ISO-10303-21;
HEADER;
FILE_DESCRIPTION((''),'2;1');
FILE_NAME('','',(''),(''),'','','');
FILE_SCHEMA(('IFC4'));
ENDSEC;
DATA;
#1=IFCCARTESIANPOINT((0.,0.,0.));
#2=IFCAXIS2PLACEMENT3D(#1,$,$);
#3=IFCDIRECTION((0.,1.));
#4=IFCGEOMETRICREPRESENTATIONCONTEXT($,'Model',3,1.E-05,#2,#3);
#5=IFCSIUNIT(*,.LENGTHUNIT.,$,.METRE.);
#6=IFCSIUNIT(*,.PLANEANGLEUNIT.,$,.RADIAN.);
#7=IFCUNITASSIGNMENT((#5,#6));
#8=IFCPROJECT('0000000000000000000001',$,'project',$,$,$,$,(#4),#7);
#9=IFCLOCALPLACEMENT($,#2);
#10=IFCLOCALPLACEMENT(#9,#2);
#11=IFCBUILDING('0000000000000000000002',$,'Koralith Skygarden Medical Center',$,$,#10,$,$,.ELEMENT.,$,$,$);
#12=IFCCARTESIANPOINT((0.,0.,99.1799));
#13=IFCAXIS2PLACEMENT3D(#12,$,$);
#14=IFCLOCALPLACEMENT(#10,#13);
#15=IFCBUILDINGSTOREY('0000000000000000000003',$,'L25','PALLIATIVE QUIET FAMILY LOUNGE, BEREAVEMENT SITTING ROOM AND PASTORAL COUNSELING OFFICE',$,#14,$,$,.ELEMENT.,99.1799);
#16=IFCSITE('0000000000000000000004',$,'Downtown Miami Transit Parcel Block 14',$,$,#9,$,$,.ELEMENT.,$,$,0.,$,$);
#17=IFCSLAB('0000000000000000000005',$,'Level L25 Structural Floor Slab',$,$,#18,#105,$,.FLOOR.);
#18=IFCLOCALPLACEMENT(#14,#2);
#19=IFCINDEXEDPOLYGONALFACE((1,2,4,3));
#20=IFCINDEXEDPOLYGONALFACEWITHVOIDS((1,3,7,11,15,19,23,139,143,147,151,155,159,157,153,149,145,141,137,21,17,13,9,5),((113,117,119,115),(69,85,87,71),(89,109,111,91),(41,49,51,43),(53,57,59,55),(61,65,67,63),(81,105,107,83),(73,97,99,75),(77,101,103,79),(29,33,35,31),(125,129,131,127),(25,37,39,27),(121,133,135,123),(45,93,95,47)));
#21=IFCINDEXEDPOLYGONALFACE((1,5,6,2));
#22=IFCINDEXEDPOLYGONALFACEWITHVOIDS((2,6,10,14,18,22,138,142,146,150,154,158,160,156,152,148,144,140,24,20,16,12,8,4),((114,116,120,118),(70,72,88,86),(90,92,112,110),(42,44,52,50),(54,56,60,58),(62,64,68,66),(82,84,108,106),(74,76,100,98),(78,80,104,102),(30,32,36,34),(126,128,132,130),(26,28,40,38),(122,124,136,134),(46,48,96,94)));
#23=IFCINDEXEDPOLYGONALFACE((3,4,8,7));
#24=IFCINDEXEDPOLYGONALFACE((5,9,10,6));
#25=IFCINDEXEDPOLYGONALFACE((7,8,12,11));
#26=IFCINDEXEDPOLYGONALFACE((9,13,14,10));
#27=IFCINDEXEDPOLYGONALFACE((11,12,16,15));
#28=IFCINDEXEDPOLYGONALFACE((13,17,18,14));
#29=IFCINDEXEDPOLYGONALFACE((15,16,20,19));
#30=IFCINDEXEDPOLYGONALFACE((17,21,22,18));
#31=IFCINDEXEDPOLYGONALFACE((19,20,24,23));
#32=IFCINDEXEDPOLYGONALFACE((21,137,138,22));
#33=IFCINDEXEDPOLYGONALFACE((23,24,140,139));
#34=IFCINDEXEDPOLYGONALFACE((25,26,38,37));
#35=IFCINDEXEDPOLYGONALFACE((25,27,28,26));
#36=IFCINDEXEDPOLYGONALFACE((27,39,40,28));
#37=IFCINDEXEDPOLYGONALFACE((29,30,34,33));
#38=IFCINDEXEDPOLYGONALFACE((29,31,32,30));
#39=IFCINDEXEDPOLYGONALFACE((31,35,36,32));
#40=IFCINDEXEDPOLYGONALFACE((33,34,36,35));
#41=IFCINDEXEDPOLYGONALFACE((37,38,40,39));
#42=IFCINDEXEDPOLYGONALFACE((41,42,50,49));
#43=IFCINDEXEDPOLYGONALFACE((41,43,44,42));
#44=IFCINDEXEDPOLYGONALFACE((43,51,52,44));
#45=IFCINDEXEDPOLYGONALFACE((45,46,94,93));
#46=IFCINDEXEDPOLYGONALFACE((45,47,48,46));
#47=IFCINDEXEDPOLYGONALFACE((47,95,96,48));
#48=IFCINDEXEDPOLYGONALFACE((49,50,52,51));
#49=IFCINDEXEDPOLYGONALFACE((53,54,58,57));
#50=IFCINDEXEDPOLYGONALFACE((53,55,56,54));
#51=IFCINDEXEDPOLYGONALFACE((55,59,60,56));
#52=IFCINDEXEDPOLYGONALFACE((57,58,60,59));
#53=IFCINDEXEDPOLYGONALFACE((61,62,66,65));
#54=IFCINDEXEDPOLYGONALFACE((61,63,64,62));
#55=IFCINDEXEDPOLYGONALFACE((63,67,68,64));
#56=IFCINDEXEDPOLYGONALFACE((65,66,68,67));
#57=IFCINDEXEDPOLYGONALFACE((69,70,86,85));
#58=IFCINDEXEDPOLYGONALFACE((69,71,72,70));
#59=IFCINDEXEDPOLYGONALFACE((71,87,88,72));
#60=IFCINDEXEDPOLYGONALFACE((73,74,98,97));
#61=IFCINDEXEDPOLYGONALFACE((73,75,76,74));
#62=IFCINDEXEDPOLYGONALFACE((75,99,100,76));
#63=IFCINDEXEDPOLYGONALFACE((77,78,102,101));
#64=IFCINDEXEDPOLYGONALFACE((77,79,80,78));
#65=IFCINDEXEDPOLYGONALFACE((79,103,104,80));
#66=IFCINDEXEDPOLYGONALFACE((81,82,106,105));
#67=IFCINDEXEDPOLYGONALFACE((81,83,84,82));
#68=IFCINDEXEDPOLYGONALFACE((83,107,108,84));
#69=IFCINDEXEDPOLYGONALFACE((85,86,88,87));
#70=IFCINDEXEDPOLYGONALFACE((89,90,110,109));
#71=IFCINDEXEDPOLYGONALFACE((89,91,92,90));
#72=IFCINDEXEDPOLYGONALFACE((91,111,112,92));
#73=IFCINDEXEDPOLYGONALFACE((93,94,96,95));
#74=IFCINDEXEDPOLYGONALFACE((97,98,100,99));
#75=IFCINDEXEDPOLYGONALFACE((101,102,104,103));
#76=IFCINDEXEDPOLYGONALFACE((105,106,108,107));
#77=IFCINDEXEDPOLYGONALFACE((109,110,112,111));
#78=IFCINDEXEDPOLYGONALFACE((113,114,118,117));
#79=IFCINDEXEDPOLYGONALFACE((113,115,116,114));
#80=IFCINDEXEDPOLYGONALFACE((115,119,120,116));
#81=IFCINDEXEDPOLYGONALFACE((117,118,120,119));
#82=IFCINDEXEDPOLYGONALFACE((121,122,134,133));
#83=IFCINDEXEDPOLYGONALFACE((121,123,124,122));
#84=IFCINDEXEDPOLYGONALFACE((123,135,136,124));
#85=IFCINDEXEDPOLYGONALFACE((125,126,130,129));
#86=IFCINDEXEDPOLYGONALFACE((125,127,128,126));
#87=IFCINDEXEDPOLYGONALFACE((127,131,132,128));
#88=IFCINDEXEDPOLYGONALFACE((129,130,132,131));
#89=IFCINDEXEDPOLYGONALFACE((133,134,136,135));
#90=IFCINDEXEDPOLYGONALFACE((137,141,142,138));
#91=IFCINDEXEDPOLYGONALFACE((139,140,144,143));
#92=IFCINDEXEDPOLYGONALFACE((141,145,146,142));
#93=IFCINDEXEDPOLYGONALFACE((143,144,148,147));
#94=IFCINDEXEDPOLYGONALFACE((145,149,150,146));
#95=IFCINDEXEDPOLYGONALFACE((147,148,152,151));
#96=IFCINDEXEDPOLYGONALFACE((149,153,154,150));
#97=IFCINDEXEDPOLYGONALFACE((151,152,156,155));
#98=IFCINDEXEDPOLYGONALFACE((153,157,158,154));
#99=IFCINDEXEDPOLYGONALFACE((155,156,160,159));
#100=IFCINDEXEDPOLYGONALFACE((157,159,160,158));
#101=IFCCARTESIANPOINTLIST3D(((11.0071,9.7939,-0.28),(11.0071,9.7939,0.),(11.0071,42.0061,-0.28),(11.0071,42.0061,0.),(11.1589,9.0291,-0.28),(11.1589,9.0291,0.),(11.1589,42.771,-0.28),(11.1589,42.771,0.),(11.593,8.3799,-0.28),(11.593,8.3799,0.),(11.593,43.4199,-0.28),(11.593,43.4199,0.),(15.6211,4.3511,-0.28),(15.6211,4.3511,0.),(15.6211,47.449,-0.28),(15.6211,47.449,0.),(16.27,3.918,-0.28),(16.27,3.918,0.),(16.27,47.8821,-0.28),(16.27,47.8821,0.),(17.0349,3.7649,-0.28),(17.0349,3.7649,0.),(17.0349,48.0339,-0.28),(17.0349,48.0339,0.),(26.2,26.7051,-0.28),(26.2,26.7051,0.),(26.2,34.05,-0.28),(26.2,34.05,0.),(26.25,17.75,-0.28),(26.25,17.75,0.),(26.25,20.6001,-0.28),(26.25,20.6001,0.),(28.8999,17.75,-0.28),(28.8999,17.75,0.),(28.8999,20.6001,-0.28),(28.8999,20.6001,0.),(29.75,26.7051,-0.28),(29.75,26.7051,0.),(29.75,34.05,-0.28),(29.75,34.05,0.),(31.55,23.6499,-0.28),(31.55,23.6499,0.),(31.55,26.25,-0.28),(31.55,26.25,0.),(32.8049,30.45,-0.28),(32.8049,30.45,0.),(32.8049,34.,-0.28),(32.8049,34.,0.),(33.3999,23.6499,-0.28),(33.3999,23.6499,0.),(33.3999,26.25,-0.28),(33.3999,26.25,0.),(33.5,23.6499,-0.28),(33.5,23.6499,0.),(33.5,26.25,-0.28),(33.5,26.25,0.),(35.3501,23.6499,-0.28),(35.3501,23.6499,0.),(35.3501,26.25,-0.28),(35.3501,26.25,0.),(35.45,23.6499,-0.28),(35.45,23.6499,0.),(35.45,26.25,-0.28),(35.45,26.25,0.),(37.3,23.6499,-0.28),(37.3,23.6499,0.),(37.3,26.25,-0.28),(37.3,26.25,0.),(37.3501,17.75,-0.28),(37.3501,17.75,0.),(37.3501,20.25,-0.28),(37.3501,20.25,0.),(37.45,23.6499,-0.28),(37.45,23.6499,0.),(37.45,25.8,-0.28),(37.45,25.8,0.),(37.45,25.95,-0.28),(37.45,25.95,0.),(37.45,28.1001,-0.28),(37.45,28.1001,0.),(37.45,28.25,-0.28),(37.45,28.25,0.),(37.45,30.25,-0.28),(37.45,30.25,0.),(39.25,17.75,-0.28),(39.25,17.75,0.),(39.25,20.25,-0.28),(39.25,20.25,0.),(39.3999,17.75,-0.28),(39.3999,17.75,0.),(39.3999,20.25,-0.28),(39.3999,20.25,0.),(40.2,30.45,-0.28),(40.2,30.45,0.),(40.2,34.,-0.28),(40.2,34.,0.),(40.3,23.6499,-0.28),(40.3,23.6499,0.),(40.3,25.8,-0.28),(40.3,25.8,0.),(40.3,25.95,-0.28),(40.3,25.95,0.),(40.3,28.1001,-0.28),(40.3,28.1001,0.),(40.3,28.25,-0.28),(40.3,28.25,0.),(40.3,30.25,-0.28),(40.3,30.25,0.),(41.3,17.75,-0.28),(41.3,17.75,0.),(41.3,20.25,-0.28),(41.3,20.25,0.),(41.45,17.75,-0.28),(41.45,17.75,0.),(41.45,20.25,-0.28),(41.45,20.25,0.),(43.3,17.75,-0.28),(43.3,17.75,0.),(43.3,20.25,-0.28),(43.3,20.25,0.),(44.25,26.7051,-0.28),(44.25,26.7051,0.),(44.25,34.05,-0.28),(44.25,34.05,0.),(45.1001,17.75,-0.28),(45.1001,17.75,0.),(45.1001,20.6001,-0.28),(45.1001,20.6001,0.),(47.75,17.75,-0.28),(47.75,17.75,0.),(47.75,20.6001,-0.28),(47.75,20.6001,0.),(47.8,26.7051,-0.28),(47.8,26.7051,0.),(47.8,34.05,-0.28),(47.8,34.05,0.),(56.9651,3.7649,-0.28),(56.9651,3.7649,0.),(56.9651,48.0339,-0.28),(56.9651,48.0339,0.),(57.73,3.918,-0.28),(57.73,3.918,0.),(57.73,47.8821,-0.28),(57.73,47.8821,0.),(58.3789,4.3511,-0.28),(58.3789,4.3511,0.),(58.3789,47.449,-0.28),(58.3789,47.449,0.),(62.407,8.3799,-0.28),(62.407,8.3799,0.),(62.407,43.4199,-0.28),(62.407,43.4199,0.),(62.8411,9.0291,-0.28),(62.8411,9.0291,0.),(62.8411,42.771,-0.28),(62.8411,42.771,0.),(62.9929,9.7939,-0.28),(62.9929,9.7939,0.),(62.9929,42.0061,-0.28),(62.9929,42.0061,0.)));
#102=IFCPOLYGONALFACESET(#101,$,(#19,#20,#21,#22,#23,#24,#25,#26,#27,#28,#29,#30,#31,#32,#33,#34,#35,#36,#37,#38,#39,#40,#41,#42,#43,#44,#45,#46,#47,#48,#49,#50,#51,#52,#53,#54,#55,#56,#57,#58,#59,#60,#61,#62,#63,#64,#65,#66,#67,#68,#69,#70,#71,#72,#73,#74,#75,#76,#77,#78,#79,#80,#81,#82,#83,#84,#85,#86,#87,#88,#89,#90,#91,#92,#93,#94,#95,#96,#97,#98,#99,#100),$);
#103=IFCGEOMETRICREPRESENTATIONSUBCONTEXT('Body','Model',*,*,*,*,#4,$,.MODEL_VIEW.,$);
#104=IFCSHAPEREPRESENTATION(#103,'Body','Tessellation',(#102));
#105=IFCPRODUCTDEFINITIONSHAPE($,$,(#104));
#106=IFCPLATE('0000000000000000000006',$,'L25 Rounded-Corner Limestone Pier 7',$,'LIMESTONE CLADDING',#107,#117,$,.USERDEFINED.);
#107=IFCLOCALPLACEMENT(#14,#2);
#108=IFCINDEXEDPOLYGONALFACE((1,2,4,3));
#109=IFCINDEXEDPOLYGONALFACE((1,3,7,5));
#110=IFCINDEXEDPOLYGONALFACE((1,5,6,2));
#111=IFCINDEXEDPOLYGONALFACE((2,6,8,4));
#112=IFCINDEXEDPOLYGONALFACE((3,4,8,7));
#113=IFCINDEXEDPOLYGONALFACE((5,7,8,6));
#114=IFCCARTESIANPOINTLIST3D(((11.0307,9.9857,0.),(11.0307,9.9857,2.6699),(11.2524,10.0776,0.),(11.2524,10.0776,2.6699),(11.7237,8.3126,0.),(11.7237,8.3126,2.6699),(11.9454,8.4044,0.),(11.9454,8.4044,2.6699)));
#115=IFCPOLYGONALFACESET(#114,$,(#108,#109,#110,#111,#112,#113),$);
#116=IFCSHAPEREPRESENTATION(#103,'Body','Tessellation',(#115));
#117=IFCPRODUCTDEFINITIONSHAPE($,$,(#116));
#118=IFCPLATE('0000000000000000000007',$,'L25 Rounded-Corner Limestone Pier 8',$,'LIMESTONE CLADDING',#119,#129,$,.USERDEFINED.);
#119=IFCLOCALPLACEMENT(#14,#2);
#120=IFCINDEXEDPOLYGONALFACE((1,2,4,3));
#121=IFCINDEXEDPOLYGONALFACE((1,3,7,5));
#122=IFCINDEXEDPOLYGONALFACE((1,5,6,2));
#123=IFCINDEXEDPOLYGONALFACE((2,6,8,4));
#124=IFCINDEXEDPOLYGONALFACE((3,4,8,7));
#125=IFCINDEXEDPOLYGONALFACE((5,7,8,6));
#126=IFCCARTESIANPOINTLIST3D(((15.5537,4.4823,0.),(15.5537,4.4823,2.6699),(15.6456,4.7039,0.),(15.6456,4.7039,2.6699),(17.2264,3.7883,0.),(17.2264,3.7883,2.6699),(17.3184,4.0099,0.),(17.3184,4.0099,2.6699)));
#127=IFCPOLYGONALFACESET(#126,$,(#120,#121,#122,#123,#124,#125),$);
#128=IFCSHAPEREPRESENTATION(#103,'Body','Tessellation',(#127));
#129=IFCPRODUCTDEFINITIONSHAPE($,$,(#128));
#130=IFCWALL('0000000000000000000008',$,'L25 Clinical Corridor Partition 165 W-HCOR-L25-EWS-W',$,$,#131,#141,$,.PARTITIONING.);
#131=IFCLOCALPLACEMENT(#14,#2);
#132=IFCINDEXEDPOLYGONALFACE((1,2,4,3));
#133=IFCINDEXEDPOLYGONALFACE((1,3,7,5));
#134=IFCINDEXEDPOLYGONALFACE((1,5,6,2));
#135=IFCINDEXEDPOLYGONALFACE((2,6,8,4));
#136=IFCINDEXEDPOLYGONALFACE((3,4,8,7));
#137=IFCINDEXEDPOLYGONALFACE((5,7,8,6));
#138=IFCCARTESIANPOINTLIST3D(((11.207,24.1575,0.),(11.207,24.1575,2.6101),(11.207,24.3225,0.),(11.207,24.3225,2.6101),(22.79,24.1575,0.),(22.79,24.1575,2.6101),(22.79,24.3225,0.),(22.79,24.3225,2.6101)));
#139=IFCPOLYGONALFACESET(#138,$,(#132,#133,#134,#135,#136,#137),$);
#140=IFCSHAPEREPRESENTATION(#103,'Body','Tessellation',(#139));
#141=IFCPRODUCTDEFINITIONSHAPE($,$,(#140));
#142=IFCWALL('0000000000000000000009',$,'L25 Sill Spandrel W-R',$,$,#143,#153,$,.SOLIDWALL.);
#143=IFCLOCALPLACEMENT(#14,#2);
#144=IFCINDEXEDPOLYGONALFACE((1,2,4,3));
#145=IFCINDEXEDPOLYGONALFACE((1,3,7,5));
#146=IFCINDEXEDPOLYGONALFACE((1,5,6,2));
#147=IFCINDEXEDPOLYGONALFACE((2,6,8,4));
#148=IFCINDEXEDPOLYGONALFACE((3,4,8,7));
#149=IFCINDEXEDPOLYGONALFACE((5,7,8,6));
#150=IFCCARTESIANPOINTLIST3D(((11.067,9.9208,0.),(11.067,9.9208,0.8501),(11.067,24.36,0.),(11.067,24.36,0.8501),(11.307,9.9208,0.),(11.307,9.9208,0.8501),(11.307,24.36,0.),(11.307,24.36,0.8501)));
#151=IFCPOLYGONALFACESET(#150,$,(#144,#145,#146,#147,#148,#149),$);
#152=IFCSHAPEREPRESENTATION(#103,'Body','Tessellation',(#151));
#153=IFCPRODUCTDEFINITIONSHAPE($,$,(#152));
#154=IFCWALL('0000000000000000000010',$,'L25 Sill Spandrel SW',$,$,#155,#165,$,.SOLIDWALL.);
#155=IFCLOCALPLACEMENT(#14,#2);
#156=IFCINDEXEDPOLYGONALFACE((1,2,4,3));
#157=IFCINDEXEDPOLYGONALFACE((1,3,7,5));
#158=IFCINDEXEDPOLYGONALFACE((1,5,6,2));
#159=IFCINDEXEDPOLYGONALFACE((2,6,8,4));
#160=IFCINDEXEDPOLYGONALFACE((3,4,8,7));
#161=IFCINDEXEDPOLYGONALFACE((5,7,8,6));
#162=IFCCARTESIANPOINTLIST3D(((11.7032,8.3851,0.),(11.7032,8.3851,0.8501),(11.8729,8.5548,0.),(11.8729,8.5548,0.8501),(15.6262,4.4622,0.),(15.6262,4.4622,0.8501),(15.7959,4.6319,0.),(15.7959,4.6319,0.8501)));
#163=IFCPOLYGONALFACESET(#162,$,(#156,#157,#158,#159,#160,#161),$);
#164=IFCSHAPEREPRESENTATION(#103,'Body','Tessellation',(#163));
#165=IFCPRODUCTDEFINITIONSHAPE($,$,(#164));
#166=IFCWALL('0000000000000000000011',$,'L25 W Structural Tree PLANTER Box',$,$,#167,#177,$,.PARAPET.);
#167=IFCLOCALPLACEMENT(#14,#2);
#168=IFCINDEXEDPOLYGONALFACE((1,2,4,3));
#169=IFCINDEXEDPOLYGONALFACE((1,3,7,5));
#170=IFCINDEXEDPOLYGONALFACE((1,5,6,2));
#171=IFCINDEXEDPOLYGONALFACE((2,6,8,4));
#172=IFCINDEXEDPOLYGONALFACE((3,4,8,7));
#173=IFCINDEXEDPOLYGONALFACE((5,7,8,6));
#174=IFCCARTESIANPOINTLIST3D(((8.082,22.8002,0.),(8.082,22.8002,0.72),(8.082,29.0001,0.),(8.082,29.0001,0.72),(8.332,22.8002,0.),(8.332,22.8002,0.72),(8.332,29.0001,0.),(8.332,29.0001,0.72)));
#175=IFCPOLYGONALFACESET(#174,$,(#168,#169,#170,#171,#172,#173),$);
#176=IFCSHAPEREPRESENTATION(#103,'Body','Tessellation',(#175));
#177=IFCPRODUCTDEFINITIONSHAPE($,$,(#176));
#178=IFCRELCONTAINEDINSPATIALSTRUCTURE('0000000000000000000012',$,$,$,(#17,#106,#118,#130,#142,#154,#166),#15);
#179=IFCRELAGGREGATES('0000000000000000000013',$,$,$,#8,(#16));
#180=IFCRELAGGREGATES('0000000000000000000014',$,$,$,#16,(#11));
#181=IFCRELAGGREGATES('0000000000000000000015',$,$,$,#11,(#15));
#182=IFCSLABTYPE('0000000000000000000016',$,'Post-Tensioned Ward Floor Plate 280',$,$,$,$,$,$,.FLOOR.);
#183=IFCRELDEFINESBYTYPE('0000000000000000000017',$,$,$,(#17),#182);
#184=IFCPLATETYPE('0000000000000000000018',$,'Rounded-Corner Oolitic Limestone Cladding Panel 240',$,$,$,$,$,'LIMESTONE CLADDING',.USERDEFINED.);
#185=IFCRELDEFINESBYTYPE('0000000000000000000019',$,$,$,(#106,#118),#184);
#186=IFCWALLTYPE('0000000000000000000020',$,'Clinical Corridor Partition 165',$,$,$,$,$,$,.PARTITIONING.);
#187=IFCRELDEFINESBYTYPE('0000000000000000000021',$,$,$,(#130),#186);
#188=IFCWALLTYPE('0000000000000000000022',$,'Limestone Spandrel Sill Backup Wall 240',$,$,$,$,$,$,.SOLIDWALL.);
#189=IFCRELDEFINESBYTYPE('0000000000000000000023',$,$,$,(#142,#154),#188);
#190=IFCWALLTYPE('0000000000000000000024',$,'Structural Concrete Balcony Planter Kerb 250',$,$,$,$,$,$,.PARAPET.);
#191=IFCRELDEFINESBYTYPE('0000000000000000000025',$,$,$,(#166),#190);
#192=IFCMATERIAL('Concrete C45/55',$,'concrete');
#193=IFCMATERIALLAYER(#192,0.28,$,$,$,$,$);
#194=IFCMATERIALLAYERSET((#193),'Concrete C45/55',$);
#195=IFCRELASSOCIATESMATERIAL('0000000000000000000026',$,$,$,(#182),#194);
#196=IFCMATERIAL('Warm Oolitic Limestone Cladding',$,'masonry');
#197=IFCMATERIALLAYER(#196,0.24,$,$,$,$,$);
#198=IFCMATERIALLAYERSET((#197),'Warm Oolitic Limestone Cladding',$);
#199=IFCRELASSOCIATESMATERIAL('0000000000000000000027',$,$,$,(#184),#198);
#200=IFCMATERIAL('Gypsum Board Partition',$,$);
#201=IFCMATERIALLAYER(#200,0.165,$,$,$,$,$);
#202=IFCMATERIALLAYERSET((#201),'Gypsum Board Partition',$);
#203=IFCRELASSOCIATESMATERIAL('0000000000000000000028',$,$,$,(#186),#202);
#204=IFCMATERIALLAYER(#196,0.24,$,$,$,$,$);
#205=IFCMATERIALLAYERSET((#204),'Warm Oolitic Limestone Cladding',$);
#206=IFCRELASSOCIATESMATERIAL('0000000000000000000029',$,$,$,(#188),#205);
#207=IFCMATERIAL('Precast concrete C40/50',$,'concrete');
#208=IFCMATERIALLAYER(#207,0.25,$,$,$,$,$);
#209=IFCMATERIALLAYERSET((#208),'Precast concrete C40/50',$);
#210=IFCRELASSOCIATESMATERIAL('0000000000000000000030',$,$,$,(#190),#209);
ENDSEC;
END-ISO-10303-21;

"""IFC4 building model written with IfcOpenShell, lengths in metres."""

from ifc_helpers import new_model, si_unit, direction, frame, frame_2d, origin, origin_2d, place, context, subcontext, project, spatial, polyline, rectangle, outline, extrude, material, layer, layer_set, type_object, element, save


model = new_model("IFC4")

# Units and contexts
model_context = context("Model", 3, precision=1e-05, world=origin(), true_north=direction((0.0, 1.0)))
body_context = subcontext(model_context, "Body", "Model", "MODEL_VIEW")
ifc_project = project(units=[si_unit("LENGTHUNIT", "METRE"), si_unit("PLANEANGLEUNIT", "RADIAN")], contexts=[model_context])

# Site, building, storey
site_placement = place(None, origin())
site = spatial("IfcSite", under=ifc_project, at=site_placement, Name="Downtown Miami Transit Parcel Block 14", CompositionType="ELEMENT", RefElevation=0.0)
building_placement = place(site_placement, origin())
building = spatial("IfcBuilding", under=site, at=building_placement, Name="Koralith Skygarden Medical Center", CompositionType="ELEMENT")
storey_placement = place(building_placement, frame((0.0, 0.0, 99.1799)))
storey = spatial("IfcBuildingStorey", under=building, at=storey_placement, Name="L25", Description="PALLIATIVE QUIET FAMILY LOUNGE, BEREAVEMENT SITTING ROOM AND PASTORAL COUNSELING OFFICE", CompositionType="ELEMENT", Elevation=99.1799)

# Shared definitions
ifc_material_1 = material(Name="Concrete C45/55", Category="concrete")

# Slab
ifc_layer_1 = layer(ifc_material_1, 0.28)
ifc_layer_set_1 = layer_set([ifc_layer_1], Name="Concrete C45/55")
slab_type_1 = type_object("IfcSlabType", Name="Post-Tensioned Ward Floor Plate 280", PredefinedType="FLOOR", material=ifc_layer_set_1)
slab_1_placement = place(storey_placement, frame((0.0, 0.0, -0.28)))
element("IfcSlab", 1, at=slab_1_placement, inside=storey, type_object=slab_type_1, Name="Level L25 Structural Floor Slab", PredefinedType="FLOOR", context=body_context, shape_type="SweptSolid", body=[
    extrude(outline(polyline([(15.6211, 4.3511), (16.27, 3.918), (17.0349, 3.7649), (56.9651, 3.7649), (57.73, 3.918), (58.3789, 4.3511), (62.407, 8.3799), (62.8411, 9.0291), (62.9929, 9.7939), (62.9929, 42.0061), (62.8411, 42.771), (62.407, 43.4199), (58.3789, 47.449), (57.73, 47.8821), (56.9651, 48.0339), (17.0349, 48.0339), (16.27, 47.8821), (15.6211, 47.449), (11.593, 43.4199), (11.1589, 42.771), (11.0071, 42.0061), (11.0071, 9.7939), (11.1589, 9.0291), (11.593, 8.3799), (15.6211, 4.3511)]), holes=[polyline([(26.2, 26.7051), (29.75, 26.7051), (29.75, 34.05), (26.2, 34.05), (26.2, 26.7051)]), polyline([(44.25, 26.7051), (47.8, 26.7051), (47.8, 34.05), (44.25, 34.05), (44.25, 26.7051)]), polyline([(32.8049, 30.45), (40.2, 30.45), (40.2, 34.0), (32.8049, 34.0), (32.8049, 30.45)]), polyline([(26.25, 17.75), (28.8999, 17.75), (28.8999, 20.6001), (26.25, 20.6001), (26.25, 17.75)]), polyline([(45.1001, 17.75), (47.75, 17.75), (47.75, 20.6001), (45.1001, 20.6001), (45.1001, 17.75)]), polyline([(37.3501, 17.75), (39.25, 17.75), (39.25, 20.25), (37.3501, 20.25), (37.3501, 17.75)]), polyline([(39.3999, 17.75), (41.3, 17.75), (41.3, 20.25), (39.3999, 20.25), (39.3999, 17.75)]), polyline([(41.45, 17.75), (43.3, 17.75), (43.3, 20.25), (41.45, 20.25), (41.45, 17.75)]), polyline([(31.55, 23.6499), (33.3999, 23.6499), (33.3999, 26.25), (31.55, 26.25), (31.55, 23.6499)]), polyline([(33.5, 23.6499), (35.3501, 23.6499), (35.3501, 26.25), (33.5, 26.25), (33.5, 23.6499)]), polyline([(35.45, 23.6499), (37.3, 23.6499), (37.3, 26.25), (35.45, 26.25), (35.45, 23.6499)]), polyline([(37.45, 23.6499), (40.3, 23.6499), (40.3, 25.8), (37.45, 25.8), (37.45, 23.6499)]), polyline([(37.45, 25.95), (40.3, 25.95), (40.3, 28.1001), (37.45, 28.1001), (37.45, 25.95)]), polyline([(37.45, 28.25), (40.3, 28.25), (40.3, 30.25), (37.45, 30.25), (37.45, 28.25)])]), origin(), (0.0, 0.0, 1.0), 0.28),
])

# Plates
ifc_material_2 = material(Name="Warm Oolitic Limestone Cladding", Category="masonry")
ifc_layer_2 = layer(ifc_material_2, 0.24)
ifc_layer_set_2 = layer_set([ifc_layer_2], Name="Warm Oolitic Limestone Cladding")
plate_type_1 = type_object("IfcPlateType", Name="Rounded-Corner Oolitic Limestone Cladding Panel 240", ElementType="LIMESTONE CLADDING", PredefinedType="USERDEFINED", material=ifc_layer_set_2)
for number, where, z_axis, x_axis, name in (
    (2, (11.488, 9.1951, 0.0), (0.0, 0.0, 1.0), (0.382671, -0.923885, 0.0), "L25 Rounded-Corner Limestone Pier 7"),
    (3, (16.436, 4.2461, 0.0), (0.0, 0.0, 1.0), (0.92366, -0.383214, 0.0), "L25 Rounded-Corner Limestone Pier 8"),
):
    element("IfcPlate", number, at=place(storey_placement, frame(where, z_axis=z_axis, x_axis=x_axis)), inside=storey, type_object=plate_type_1, Name=name, ObjectType="LIMESTONE CLADDING", PredefinedType="USERDEFINED", context=body_context, shape_type="SweptSolid", body=[
        extrude(rectangle(XDim=1.811, YDim=0.24, at=origin_2d()), origin(), (0.0, 0.0, 1.0), 2.6699),
    ])

# Walls
ifc_material_3 = material(Name="Gypsum Board Partition")
ifc_layer_3 = layer(ifc_material_3, 0.165)
ifc_layer_set_3 = layer_set([ifc_layer_3], Name="Gypsum Board Partition")
wall_type_1 = type_object("IfcWallType", Name="Clinical Corridor Partition 165", PredefinedType="PARTITIONING", material=ifc_layer_set_3)
wall_1_placement = place(storey_placement, frame((11.207, 24.24, 0.0), z_axis=(0.0, 0.0, 1.0), x_axis=(1.0, 0.0, 0.0)))
element("IfcWall", 4, at=wall_1_placement, inside=storey, type_object=wall_type_1, Name="L25 Clinical Corridor Partition 165 W-HCOR-L25-EWS-W", PredefinedType="PARTITIONING", context=body_context, shape_type="SweptSolid", body=[
    extrude(rectangle(XDim=11.583, YDim=0.165, at=frame_2d((5.7915, 0.0))), origin(), (0.0, 0.0, 1.0), 2.6101),
])
ifc_layer_4 = layer(ifc_material_2, 0.24)
ifc_layer_set_4 = layer_set([ifc_layer_4], Name="Warm Oolitic Limestone Cladding")
wall_type_2 = type_object("IfcWallType", Name="Limestone Spandrel Sill Backup Wall 240", PredefinedType="SOLIDWALL", material=ifc_layer_set_4)
wall_2_placement = place(storey_placement, frame((11.187, 24.3601, 0.0), z_axis=(0.0, 0.0, 1.0), x_axis=(0.0, -1.0, 0.0)))
element("IfcWall", 5, at=wall_2_placement, inside=storey, type_object=wall_type_2, Name="L25 Sill Spandrel W-R", PredefinedType="SOLIDWALL", context=body_context, shape_type="SweptSolid", body=[
    extrude(rectangle(XDim=14.4392, YDim=0.24, at=frame_2d((7.2197, 0.0))), origin(), (0.0, 0.0, 1.0), 0.8501),
])
wall_3_placement = place(storey_placement, frame((11.7881, 8.47, 0.0), z_axis=(0.0, 0.0, 1.0), x_axis=(0.707107, -0.707107, 0.0)))
element("IfcWall", 6, at=wall_3_placement, inside=storey, type_object=wall_type_2, Name="L25 Sill Spandrel SW", PredefinedType="SOLIDWALL", context=body_context, shape_type="SweptSolid", body=[
    extrude(rectangle(XDim=5.5479, YDim=0.24, at=frame_2d((2.7739, 0.0))), origin(), (0.0, 0.0, 1.0), 0.8501),
])
ifc_material_4 = material(Name="Precast concrete C40/50", Category="concrete")
ifc_layer_5 = layer(ifc_material_4, 0.25)
ifc_layer_set_5 = layer_set([ifc_layer_5], Name="Precast concrete C40/50")
wall_type_3 = type_object("IfcWallType", Name="Structural Concrete Balcony Planter Kerb 250", PredefinedType="PARAPET", material=ifc_layer_set_5)
wall_4_placement = place(storey_placement, frame((8.207, 22.8, 0.0), z_axis=(0.0, 0.0, 1.0), x_axis=(0.0, 1.0, 0.0)))
element("IfcWall", 7, at=wall_4_placement, inside=storey, type_object=wall_type_3, Name="L25 W Structural Tree PLANTER Box", PredefinedType="PARAPET", context=body_context, shape_type="SweptSolid", body=[
    extrude(rectangle(XDim=6.2, YDim=0.25, at=frame_2d((3.1001, 0.0))), origin(), (0.0, 0.0, 1.0), 0.72),
])

save(model, "model.ifc")
